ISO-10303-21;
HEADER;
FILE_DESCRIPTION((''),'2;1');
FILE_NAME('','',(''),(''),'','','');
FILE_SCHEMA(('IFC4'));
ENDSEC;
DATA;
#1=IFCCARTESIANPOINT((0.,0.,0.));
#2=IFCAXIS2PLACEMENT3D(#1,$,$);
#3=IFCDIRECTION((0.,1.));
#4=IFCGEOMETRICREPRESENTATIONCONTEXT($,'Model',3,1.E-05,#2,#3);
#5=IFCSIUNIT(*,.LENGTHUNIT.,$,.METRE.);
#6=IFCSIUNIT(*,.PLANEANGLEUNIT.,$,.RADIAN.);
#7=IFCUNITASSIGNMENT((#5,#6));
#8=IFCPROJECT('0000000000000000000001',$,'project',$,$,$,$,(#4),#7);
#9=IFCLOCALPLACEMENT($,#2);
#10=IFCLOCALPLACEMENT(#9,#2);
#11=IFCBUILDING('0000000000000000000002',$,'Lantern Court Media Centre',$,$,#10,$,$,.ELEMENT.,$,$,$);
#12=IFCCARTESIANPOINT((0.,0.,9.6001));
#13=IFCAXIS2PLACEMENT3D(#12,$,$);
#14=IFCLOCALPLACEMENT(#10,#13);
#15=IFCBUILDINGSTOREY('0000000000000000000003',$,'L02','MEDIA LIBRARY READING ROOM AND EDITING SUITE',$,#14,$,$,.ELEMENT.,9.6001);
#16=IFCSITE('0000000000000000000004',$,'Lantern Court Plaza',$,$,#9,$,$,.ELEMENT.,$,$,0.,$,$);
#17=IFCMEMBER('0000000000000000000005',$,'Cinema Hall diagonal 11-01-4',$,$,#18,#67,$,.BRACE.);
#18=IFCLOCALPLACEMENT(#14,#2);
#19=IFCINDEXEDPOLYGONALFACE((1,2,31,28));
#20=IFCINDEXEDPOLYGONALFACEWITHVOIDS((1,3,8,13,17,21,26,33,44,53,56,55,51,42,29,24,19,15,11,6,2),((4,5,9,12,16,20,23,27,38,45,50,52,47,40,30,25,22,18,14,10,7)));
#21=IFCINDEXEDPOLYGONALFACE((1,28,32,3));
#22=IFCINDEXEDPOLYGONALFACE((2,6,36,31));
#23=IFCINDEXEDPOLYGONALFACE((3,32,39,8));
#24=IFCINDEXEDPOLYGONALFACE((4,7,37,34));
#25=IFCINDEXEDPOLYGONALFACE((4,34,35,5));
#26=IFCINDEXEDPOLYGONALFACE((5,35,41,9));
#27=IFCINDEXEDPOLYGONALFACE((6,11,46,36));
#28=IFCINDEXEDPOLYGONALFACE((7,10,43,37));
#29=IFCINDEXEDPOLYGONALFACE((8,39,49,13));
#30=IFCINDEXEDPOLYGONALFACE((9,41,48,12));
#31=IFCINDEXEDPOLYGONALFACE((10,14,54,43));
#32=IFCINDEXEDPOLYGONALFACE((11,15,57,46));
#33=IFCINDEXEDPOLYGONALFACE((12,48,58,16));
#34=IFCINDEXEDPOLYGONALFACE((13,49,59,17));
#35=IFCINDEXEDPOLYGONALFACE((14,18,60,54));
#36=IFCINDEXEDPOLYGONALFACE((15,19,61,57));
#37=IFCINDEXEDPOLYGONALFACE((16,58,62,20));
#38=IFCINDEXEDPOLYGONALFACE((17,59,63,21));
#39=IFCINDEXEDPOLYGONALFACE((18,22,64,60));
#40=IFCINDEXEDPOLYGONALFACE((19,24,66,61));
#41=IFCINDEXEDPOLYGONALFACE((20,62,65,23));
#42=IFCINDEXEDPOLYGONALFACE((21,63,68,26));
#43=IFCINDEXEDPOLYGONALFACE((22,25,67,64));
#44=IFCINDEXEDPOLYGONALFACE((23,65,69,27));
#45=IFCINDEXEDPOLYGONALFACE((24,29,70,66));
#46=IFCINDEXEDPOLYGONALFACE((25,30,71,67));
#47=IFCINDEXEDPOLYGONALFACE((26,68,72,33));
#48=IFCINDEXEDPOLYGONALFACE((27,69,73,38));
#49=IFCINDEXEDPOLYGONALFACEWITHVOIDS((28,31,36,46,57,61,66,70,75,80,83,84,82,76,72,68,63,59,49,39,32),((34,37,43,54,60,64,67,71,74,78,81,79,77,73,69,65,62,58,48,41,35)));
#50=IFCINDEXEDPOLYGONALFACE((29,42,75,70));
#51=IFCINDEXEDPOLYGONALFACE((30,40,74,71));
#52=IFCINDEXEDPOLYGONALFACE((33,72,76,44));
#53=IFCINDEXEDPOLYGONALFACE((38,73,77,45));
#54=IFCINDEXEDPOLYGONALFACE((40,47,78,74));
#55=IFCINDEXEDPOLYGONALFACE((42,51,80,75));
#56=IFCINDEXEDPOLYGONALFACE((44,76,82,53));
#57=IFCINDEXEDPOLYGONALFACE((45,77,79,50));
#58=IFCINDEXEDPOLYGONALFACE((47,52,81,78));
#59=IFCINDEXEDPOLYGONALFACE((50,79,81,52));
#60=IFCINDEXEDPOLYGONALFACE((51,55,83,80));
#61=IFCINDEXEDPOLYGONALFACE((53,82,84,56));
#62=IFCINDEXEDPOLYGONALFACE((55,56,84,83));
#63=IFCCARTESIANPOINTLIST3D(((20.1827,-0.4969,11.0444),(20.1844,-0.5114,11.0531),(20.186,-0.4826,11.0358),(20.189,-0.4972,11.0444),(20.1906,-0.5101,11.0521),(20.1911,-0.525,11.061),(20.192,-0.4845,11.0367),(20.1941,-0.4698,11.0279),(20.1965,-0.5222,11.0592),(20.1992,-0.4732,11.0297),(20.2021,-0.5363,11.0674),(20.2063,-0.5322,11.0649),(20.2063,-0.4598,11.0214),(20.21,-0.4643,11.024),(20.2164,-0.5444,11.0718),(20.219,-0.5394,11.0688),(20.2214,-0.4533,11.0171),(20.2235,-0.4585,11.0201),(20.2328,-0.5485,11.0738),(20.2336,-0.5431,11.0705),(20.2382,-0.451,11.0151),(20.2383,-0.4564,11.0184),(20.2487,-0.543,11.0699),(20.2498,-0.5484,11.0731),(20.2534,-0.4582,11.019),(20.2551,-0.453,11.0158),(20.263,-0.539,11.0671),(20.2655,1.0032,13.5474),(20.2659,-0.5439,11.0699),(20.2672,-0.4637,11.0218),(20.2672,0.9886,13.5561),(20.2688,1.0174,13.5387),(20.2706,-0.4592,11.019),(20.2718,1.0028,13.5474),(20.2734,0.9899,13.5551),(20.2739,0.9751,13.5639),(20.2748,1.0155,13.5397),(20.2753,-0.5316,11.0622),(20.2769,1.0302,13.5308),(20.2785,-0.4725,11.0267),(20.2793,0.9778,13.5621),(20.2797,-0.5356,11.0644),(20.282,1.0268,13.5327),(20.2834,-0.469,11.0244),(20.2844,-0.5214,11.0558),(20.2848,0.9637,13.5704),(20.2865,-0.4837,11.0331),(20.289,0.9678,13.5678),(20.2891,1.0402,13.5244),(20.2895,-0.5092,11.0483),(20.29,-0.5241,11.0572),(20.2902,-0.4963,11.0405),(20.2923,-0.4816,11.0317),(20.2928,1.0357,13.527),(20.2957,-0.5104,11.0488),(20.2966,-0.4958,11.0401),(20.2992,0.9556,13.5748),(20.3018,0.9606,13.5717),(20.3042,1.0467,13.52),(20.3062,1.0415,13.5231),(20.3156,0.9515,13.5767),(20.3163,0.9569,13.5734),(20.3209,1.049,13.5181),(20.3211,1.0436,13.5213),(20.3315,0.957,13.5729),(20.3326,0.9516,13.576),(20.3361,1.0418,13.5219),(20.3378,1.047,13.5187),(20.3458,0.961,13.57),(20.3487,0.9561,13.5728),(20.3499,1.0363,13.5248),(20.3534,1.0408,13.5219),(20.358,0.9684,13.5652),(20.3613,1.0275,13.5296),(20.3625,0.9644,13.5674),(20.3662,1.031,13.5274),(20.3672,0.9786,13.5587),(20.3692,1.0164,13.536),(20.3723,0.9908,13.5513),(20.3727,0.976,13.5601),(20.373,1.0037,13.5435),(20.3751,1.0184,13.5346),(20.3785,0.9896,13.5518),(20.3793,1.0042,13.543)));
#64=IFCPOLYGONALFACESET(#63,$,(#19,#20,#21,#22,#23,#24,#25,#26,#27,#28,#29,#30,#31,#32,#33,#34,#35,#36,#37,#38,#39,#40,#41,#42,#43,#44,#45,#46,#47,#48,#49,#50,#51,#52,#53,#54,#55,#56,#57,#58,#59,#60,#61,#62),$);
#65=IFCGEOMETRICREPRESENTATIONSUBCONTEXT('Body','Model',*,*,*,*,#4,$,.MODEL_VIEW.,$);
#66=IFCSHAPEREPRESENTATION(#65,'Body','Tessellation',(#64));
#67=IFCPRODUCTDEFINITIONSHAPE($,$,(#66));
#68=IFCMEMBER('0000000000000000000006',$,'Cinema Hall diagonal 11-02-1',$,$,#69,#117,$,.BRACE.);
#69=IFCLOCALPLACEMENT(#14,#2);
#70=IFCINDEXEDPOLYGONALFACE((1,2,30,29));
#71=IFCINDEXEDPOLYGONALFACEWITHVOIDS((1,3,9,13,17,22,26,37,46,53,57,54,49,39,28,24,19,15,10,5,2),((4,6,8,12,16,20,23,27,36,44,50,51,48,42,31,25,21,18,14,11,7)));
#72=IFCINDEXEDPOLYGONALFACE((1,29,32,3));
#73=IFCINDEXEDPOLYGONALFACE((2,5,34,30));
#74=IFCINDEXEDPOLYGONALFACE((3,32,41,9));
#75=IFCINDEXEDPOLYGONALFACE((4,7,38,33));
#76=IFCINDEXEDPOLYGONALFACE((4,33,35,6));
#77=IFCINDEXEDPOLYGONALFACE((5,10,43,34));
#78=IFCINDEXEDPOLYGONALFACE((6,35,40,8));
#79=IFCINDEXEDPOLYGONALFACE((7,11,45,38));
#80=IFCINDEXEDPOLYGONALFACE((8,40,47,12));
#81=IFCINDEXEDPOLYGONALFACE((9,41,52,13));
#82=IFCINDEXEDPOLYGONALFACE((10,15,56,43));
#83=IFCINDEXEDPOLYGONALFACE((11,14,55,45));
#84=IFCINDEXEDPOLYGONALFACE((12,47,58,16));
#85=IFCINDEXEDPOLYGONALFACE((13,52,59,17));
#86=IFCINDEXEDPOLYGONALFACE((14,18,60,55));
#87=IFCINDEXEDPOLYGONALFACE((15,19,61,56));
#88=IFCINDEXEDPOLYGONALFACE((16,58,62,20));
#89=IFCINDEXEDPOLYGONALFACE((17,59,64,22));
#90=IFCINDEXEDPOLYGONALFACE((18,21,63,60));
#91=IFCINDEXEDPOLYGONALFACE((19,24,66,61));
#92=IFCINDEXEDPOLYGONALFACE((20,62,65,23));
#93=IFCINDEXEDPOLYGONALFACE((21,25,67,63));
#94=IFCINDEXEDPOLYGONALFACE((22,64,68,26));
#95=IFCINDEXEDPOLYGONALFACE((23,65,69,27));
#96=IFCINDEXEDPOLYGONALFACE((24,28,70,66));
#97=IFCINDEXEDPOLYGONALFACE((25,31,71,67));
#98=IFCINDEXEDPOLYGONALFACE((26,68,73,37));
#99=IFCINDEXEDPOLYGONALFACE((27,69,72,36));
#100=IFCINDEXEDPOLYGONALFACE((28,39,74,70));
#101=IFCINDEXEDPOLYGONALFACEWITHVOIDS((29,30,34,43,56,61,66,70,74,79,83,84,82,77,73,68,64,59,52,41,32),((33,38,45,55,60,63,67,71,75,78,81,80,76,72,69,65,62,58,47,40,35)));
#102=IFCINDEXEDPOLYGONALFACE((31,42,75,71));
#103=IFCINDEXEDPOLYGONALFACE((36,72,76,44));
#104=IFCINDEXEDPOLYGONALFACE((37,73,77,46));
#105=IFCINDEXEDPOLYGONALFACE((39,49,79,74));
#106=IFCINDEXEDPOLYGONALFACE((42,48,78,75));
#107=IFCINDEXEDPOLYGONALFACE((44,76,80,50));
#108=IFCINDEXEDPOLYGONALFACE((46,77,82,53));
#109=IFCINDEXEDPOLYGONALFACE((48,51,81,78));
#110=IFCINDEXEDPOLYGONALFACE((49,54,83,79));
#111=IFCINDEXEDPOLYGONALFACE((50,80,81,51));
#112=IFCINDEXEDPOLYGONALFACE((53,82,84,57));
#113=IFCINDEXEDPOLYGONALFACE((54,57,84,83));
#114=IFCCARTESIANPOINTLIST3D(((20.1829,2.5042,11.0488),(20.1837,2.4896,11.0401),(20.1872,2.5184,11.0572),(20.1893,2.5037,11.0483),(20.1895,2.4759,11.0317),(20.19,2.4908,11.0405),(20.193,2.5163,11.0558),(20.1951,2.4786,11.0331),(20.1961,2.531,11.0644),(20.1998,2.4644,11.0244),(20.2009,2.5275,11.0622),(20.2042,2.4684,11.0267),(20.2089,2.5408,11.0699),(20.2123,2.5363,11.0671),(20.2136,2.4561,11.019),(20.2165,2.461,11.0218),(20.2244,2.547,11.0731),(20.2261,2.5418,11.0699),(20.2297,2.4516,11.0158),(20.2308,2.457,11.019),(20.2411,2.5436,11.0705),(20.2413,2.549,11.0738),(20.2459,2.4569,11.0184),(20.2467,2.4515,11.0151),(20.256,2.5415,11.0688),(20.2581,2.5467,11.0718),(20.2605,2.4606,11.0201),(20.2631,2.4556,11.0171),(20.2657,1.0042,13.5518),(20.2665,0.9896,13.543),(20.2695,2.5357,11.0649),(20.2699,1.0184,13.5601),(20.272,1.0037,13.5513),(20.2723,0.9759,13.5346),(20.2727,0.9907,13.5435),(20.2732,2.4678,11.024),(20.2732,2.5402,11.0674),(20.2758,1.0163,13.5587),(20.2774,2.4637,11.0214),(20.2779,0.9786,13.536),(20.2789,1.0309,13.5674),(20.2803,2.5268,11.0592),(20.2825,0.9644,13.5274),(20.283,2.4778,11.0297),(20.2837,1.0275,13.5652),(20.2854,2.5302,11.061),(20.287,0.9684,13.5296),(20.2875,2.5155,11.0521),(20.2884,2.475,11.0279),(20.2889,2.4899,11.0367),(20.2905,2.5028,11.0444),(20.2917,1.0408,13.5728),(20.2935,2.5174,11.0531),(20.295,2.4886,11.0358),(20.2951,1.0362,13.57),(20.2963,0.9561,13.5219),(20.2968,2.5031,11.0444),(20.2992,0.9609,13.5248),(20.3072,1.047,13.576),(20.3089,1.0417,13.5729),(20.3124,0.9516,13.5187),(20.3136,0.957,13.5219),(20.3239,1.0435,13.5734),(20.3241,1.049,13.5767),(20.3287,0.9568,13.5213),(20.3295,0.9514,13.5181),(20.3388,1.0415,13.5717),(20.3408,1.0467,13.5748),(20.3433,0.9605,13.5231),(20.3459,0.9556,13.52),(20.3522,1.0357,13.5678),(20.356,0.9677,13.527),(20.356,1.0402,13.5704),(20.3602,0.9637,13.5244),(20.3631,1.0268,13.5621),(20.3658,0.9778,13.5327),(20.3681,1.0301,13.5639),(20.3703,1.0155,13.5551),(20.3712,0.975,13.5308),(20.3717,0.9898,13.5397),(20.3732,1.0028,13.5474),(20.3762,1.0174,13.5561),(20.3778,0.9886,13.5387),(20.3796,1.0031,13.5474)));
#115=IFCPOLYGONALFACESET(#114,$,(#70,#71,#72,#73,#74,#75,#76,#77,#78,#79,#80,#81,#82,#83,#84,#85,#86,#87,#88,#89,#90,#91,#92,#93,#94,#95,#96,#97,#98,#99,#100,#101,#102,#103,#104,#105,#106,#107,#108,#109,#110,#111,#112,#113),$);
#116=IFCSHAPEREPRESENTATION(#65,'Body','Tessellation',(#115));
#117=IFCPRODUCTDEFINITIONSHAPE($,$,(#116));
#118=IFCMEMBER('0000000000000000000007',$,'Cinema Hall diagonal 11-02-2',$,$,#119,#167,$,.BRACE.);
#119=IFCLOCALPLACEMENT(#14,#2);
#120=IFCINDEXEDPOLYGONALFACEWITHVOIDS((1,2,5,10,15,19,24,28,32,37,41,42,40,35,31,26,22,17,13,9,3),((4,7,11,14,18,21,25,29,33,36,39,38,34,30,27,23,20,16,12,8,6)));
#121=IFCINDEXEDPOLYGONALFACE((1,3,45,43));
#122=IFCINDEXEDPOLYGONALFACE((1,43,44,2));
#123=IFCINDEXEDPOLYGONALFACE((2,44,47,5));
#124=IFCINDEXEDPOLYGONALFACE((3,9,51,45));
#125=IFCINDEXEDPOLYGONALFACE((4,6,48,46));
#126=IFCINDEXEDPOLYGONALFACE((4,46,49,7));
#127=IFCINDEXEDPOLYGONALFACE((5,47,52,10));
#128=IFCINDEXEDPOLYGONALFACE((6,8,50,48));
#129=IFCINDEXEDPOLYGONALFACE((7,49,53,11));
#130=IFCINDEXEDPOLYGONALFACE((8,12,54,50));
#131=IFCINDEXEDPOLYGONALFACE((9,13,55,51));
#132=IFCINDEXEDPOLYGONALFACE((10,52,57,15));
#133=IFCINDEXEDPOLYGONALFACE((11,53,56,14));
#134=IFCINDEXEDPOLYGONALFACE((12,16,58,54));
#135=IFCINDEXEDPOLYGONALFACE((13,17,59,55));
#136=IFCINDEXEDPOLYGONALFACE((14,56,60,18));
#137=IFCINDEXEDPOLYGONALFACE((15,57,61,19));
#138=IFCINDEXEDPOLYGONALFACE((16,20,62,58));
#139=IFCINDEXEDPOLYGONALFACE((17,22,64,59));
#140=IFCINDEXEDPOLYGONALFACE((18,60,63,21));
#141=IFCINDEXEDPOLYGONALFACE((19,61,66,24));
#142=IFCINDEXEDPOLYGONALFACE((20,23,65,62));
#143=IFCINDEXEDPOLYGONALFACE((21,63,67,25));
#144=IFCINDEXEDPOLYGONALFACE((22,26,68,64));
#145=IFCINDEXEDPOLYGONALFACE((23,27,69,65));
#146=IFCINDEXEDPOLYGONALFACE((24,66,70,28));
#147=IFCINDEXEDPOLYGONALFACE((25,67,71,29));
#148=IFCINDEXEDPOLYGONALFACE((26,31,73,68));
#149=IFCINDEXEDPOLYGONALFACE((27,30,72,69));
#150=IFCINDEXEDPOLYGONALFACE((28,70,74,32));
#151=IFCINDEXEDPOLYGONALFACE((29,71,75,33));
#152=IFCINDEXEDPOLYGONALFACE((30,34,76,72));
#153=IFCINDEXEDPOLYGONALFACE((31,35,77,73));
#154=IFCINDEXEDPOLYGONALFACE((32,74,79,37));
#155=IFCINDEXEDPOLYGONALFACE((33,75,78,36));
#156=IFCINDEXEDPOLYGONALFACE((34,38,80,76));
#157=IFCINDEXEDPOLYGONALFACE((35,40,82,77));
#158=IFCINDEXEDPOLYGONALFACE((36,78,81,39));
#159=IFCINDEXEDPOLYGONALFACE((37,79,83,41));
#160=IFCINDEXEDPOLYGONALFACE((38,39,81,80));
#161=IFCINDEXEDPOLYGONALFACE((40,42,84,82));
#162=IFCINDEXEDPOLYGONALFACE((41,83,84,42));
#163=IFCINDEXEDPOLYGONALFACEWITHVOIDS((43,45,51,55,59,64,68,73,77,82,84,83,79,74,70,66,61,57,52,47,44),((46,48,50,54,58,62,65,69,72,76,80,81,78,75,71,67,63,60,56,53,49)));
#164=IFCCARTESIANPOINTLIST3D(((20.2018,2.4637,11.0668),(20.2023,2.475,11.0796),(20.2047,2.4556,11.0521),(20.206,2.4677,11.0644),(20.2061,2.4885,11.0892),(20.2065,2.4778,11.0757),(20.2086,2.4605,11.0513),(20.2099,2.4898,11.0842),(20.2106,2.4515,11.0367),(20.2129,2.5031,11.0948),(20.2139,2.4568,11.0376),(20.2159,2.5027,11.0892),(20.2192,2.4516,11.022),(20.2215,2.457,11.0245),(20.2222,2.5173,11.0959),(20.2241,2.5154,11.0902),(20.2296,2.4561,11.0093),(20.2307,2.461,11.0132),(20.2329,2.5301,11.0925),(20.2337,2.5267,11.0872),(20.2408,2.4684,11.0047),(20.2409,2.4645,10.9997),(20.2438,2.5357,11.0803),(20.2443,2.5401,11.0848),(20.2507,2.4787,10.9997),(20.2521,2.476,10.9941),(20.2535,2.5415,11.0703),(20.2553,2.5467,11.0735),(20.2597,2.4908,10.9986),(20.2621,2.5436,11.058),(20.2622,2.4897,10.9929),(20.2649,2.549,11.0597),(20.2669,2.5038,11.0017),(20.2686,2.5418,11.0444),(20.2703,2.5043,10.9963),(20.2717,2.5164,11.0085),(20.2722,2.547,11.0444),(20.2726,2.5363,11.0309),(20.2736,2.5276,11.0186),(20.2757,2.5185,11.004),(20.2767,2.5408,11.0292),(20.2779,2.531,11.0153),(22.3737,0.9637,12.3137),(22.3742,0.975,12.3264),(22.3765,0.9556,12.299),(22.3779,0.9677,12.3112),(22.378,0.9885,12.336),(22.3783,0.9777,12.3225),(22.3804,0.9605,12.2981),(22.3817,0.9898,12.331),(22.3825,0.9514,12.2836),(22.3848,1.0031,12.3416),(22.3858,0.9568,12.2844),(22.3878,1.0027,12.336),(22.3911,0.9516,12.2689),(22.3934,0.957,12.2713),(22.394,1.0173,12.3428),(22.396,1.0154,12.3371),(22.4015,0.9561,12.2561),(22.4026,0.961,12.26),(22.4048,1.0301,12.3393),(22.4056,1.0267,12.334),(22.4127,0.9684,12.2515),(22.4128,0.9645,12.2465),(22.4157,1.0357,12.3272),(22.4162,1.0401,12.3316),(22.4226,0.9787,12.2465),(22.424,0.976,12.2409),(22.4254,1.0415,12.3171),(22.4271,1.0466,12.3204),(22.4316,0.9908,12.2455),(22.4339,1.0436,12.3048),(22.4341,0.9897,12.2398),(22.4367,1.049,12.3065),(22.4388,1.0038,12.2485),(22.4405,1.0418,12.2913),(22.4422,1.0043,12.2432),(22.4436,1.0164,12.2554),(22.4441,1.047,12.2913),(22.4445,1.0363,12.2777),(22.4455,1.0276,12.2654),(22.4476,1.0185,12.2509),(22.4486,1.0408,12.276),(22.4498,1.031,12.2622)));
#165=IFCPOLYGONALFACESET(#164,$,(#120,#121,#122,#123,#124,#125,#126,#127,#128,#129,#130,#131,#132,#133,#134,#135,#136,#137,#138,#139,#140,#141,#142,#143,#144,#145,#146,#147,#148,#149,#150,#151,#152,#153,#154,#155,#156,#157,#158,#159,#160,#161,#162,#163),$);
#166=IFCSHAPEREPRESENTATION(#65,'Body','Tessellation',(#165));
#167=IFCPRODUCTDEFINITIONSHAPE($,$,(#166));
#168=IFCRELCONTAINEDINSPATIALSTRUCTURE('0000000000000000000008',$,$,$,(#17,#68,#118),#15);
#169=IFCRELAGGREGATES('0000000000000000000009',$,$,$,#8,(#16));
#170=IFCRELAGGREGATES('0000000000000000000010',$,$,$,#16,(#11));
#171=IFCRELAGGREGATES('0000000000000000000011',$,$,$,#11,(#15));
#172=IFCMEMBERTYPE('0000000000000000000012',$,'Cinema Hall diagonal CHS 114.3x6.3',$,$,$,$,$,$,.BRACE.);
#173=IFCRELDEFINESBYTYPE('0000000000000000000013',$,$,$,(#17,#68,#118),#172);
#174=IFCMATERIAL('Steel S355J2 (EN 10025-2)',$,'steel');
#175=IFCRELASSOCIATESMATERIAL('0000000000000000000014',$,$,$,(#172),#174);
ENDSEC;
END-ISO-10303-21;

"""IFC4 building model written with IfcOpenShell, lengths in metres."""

from ifc_helpers import new_model, si_unit, direction, frame, origin, origin_2d, place, context, subcontext, project, spatial, hollow_circle, extrude, material, material_profile, profile_set, type_object, element, save


model = new_model("IFC4")

# Units and contexts
model_context = context("Model", 3, precision=1e-05, world=origin(), true_north=direction((0.0, 1.0)))
body_context = subcontext(model_context, "Body", "Model", "MODEL_VIEW")
ifc_project = project(units=[si_unit("LENGTHUNIT", "METRE"), si_unit("PLANEANGLEUNIT", "RADIAN")], contexts=[model_context])

# Site, building, storey
site_placement = place(None, origin())
site = spatial("IfcSite", under=ifc_project, at=site_placement, Name="Lantern Court Plaza", CompositionType="ELEMENT", RefElevation=0.0)
building_placement = place(site_placement, origin())
building = spatial("IfcBuilding", under=site, at=building_placement, Name="Lantern Court Media Centre", CompositionType="ELEMENT")
storey_placement = place(building_placement, frame((0.0, 0.0, 9.6001)))
storey = spatial("IfcBuildingStorey", under=building, at=storey_placement, Name="L02", Description="MEDIA LIBRARY READING ROOM AND EDITING SUITE", CompositionType="ELEMENT", Elevation=9.6001)

# Members
ifc_material = material(Name="Steel S355J2 (EN 10025-2)", Category="steel")
ifc_material_profile_1 = material_profile(ifc_material, hollow_circle(Radius=0.0571, WallThickness=0.0063, at=origin_2d()), Name="Cinema Hall diagonal CHS 114.3x6.3")
ifc_profile_set_1 = profile_set([ifc_material_profile_1], Name="Steel S355J2 (EN 10025-2)")
member_type_1 = type_object("IfcMemberType", Name="Cinema Hall diagonal CHS 114.3x6.3", PredefinedType="BRACE", material=ifc_profile_set_1)
for number, where, z_axis, x_axis, name in (
    (1, (20.2397, -0.5, 11.0444), (0.028352, 0.513846, 0.857414), (-0.998481, 0.055092, 0.0), "Cinema Hall diagonal 11-01-4"),
    (2, (20.2397, 2.5, 11.0444), (0.028352, -0.513846, 0.857414), (0.998481, 0.055092, 0.0), "Cinema Hall diagonal 11-02-1"),
    (3, (20.2397, 2.5, 11.0444), (0.744002, -0.513843, 0.427115), (0.568286, 0.822831, 0.0), "Cinema Hall diagonal 11-02-2"),
):
    element("IfcMember", number, at=place(storey_placement, frame(where, z_axis=z_axis, x_axis=x_axis)), inside=storey, type_object=member_type_1, Name=name, PredefinedType="BRACE", context=body_context, shape_type="SweptSolid", body=[
        extrude(hollow_circle(Radius=0.0571, WallThickness=0.0063, at=origin_2d()), origin(), (0.0, 0.0, 1.0), 2.9192),
    ])

save(model, "model.ifc")
